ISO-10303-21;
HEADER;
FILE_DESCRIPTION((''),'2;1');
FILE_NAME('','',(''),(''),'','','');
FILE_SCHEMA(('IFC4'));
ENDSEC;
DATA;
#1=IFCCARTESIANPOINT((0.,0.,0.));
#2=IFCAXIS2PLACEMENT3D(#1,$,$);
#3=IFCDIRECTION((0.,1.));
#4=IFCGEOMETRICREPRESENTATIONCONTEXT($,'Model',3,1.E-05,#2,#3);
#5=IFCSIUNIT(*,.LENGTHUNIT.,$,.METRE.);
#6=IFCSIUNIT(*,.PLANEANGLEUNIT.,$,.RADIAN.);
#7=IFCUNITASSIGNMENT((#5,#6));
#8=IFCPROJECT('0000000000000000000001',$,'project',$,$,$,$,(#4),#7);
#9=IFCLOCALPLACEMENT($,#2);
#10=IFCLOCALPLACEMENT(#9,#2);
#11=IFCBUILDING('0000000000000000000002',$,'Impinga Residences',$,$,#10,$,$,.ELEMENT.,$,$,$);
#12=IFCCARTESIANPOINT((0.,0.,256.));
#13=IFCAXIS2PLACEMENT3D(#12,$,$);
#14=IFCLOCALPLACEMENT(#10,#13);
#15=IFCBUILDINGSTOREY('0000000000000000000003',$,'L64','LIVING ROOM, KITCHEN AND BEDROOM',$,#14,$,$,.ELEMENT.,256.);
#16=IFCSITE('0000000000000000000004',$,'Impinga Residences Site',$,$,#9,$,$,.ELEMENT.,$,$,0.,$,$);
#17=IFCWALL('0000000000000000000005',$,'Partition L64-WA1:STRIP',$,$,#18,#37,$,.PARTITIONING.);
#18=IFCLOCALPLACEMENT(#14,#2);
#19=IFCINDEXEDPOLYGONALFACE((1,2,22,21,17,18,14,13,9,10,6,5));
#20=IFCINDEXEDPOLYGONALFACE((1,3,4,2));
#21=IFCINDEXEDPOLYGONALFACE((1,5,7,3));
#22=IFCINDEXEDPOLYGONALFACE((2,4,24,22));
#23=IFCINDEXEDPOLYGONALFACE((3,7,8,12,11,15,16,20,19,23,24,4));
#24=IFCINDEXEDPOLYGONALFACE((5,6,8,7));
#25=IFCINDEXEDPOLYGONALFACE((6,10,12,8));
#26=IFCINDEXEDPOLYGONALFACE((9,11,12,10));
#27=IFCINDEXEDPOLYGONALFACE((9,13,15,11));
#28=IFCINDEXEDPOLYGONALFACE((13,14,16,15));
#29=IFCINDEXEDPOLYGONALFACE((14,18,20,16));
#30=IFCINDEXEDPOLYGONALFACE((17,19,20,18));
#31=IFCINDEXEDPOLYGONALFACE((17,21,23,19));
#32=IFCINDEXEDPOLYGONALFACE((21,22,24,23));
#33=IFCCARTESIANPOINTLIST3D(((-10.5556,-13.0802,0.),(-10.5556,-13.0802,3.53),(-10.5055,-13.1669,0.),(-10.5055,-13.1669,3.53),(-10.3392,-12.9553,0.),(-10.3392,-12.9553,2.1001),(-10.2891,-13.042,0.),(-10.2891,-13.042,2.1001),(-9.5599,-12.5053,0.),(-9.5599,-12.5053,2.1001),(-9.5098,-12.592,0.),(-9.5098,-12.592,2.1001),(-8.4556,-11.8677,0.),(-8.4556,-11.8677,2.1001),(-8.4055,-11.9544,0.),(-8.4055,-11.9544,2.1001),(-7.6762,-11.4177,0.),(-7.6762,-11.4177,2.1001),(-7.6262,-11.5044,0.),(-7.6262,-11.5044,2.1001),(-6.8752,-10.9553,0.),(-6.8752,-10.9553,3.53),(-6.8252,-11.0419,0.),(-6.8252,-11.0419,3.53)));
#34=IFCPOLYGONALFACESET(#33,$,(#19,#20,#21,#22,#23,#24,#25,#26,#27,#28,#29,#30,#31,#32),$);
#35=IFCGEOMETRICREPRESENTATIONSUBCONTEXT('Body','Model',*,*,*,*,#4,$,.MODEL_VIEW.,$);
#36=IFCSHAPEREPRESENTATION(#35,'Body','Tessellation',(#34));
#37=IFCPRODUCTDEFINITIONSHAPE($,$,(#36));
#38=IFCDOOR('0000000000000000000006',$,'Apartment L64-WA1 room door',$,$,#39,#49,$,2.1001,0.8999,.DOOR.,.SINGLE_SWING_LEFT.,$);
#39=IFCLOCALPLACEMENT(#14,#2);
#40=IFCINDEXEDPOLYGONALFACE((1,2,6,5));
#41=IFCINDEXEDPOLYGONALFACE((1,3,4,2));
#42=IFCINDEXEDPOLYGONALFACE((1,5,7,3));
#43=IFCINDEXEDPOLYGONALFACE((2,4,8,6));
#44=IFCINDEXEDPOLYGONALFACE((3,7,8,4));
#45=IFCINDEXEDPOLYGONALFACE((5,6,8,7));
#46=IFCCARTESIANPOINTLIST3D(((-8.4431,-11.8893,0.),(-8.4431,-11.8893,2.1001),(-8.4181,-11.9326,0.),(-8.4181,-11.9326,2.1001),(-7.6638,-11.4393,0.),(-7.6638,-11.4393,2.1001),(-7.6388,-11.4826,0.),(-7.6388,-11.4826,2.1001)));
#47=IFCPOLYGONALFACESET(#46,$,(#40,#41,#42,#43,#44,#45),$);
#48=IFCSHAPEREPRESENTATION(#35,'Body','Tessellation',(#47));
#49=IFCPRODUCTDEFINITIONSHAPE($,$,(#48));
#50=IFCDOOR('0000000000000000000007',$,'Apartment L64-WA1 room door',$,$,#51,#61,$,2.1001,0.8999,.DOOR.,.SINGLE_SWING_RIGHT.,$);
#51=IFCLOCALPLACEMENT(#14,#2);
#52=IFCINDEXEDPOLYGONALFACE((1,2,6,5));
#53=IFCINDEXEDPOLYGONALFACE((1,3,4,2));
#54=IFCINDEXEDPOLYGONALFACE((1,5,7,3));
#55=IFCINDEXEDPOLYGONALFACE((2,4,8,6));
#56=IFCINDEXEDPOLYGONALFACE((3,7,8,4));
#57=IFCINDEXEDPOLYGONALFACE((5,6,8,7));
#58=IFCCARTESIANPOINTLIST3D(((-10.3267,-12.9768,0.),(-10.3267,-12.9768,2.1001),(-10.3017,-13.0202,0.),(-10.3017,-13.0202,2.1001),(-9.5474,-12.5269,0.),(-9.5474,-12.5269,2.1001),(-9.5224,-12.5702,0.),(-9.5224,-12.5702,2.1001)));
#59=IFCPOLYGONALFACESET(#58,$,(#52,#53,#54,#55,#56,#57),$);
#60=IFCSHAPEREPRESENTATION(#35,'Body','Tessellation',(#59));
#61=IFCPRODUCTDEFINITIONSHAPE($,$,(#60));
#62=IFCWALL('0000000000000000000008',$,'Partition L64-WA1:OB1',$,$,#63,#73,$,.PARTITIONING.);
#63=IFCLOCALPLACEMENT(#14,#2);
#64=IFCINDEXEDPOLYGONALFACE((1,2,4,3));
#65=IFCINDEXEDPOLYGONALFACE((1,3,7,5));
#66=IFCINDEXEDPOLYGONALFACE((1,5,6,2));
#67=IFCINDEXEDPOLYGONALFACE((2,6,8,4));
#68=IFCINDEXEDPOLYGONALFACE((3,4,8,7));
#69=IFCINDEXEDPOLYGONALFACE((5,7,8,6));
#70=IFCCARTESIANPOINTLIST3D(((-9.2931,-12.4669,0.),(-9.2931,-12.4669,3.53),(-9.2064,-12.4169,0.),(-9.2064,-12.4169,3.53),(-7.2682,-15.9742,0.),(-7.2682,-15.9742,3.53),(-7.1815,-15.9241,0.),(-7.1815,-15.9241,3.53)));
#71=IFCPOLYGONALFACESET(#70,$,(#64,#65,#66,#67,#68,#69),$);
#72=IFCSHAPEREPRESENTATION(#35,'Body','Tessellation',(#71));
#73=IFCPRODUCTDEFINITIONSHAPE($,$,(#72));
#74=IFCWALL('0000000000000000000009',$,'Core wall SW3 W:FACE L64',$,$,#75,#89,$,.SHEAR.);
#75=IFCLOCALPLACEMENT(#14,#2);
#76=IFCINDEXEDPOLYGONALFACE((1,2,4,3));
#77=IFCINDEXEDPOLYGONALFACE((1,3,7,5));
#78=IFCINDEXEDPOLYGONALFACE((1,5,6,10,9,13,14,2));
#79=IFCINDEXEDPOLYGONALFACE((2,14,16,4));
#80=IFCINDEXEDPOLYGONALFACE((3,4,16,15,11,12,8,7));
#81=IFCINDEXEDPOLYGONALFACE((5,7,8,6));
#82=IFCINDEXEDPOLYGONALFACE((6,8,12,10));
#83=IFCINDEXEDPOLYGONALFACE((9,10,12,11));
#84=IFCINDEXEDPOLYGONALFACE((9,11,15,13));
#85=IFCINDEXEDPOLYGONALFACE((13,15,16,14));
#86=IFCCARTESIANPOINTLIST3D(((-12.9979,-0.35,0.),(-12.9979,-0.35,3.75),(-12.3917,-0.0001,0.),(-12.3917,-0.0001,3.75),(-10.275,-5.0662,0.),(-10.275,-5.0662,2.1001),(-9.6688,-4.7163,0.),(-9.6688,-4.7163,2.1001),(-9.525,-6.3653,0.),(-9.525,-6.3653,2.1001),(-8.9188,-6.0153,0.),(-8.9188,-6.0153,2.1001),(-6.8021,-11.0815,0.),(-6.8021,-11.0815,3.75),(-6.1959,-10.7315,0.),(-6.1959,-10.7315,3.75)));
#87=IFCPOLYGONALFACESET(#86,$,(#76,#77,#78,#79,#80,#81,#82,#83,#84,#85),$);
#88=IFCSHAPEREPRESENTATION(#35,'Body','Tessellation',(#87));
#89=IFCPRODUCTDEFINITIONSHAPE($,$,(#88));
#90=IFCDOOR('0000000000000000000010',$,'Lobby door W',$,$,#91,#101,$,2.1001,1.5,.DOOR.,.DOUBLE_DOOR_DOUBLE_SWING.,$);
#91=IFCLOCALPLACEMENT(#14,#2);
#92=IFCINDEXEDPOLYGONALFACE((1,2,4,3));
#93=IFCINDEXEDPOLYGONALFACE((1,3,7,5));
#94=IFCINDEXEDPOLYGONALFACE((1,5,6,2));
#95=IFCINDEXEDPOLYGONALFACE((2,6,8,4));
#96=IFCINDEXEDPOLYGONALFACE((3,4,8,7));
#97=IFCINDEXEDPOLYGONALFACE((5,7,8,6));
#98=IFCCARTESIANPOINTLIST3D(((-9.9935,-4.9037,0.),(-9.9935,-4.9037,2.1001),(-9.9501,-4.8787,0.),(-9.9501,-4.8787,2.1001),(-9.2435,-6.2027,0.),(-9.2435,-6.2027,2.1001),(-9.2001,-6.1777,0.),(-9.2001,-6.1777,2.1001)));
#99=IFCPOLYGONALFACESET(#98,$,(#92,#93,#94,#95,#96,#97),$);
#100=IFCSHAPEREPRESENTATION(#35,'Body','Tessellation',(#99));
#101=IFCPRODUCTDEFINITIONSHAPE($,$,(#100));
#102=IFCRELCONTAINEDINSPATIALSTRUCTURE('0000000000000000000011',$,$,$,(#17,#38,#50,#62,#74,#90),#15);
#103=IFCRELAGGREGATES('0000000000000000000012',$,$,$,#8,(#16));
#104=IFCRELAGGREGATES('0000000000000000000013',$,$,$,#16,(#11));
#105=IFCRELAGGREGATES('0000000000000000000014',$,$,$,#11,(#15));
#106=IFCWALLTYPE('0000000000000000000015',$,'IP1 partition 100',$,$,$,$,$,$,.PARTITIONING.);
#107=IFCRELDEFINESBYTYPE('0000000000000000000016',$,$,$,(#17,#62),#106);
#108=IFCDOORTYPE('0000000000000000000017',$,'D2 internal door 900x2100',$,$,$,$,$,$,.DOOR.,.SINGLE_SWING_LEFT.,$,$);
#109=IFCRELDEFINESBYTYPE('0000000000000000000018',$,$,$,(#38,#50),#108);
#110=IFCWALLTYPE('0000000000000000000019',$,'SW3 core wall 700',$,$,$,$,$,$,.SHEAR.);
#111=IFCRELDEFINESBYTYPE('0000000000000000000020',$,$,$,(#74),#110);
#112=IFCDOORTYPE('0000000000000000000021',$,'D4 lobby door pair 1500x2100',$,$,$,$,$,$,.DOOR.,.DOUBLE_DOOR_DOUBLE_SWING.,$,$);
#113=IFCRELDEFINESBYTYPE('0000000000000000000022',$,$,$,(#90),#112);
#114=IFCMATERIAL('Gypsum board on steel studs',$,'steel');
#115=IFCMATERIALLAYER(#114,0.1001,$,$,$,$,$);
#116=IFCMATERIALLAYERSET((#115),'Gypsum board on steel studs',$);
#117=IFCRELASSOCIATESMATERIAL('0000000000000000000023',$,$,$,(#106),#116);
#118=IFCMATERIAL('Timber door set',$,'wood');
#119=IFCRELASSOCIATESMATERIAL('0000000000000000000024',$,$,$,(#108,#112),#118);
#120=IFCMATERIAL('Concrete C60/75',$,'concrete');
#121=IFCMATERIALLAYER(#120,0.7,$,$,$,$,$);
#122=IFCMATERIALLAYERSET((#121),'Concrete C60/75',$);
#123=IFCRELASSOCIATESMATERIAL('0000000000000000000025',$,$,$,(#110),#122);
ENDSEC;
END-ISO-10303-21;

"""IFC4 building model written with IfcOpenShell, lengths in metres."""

from ifc_helpers import new_model, si_unit, direction, frame, frame_2d, origin, place, context, subcontext, project, spatial, rectangle, extrude, material, layer, layer_set, type_object, element, fill, save


model = new_model("IFC4")

# Units and contexts
model_context = context("Model", 3, precision=1e-05, world=origin(), true_north=direction((0.0, 1.0)))
body_context = subcontext(model_context, "Body", "Model", "MODEL_VIEW")
ifc_project = project(units=[si_unit("LENGTHUNIT", "METRE"), si_unit("PLANEANGLEUNIT", "RADIAN")], contexts=[model_context])

# Site, building, storey
site_placement = place(None, origin())
site = spatial("IfcSite", under=ifc_project, at=site_placement, Name="Impinga Residences Site", CompositionType="ELEMENT", RefElevation=0.0)
building_placement = place(site_placement, origin())
building = spatial("IfcBuilding", under=site, at=building_placement, Name="Impinga Residences", CompositionType="ELEMENT")
storey_placement = place(building_placement, frame((0.0, 0.0, 256.0)))
storey = spatial("IfcBuildingStorey", under=building, at=storey_placement, Name="L64", Description="LIVING ROOM, KITCHEN AND BEDROOM", CompositionType="ELEMENT", Elevation=256.0)

# Shared definitions
ifc_material_1 = material(Name="Concrete C60/75", Category="concrete")

# Shared definitions
ifc_material_2 = material(Name="Gypsum board on steel studs", Category="steel")
ifc_layer_1 = layer(ifc_material_2, 0.1001)
ifc_layer_set_1 = layer_set([ifc_layer_1], Name="Gypsum board on steel studs")
wall_type_1 = type_object("IfcWallType", Name="IP1 partition 100", PredefinedType="PARTITIONING", material=ifc_layer_set_1)

# Wall, openings, doors
wall_1_placement = place(storey_placement, frame((-6.8501, -10.9985, 0.0), z_axis=(0.0, 0.0, 1.0), x_axis=(-0.866014, -0.500019, 0.0)))
wall_1 = element("IfcWall", 1, at=wall_1_placement, inside=storey, type_object=wall_type_1, Name="Partition L64-WA1:STRIP", PredefinedType="PARTITIONING", context=body_context, shape_type="SweptSolid", body=[
    extrude(rectangle(XDim=4.2498, YDim=0.1001, at=frame_2d((2.125, 0.0))), origin(), (0.0, 0.0, 1.0), 3.53),
])
opening_1_placement = place(wall_1_placement, frame((0.925, 0.0, 0.0)))
opening_1 = element("IfcOpeningElement", 2, at=opening_1_placement, cuts=wall_1, PredefinedType="OPENING", context=body_context, shape_type="SweptSolid", body=[
    extrude(rectangle(XDim=0.8999, YDim=2.1001, at=frame_2d((0.45, 1.05))), frame((0.0, 0.0601, 0.0), z_axis=(0.0, -1.0, 0.0), x_axis=(1.0, 0.0, 0.0)), (0.0, 0.0, 1.0), 0.1201),
])
opening_2_placement = place(wall_1_placement, frame((3.1001, 0.0, 0.0)))
opening_2 = element("IfcOpeningElement", 3, at=opening_2_placement, cuts=wall_1, PredefinedType="OPENING", context=body_context, shape_type="SweptSolid", body=[
    extrude(rectangle(XDim=0.8999, YDim=2.1001, at=frame_2d((0.45, 1.05))), frame((0.0, 0.0601, 0.0), z_axis=(0.0, -1.0, 0.0), x_axis=(1.0, 0.0, 0.0)), (0.0, 0.0, 1.0), 0.1201),
])
ifc_material_3 = material(Name="Timber door set", Category="wood")
door_type_1 = type_object("IfcDoorType", Name="D2 internal door 900x2100", OperationType="SINGLE_SWING_LEFT", PredefinedType="DOOR", material=ifc_material_3)
door_1_placement = place(opening_1_placement, origin())
door_1 = element("IfcDoor", 4, at=door_1_placement, inside=storey, type_object=door_type_1, Name="Apartment L64-WA1 room door", OperationType="SINGLE_SWING_LEFT", OverallHeight=2.1001, OverallWidth=0.8999, PredefinedType="DOOR", context=body_context, shape_type="SweptSolid", body=[
    extrude(rectangle(XDim=0.8999, YDim=2.1001, at=frame_2d((0.45, 1.05))), frame((0.0, 0.0249, 0.0), z_axis=(0.0, -1.0, 0.0), x_axis=(1.0, 0.0, 0.0)), (0.0, 0.0, 1.0), 0.05),
])
fill(opening_1, door_1)
door_2_placement = place(opening_2_placement, origin())
door_2 = element("IfcDoor", 5, at=door_2_placement, inside=storey, type_object=door_type_1, Name="Apartment L64-WA1 room door", OperationType="SINGLE_SWING_RIGHT", OverallHeight=2.1001, OverallWidth=0.8999, PredefinedType="DOOR", context=body_context, shape_type="SweptSolid", body=[
    extrude(rectangle(XDim=0.8999, YDim=2.1001, at=frame_2d((0.45, 1.05))), frame((0.0, 0.0249, 0.0), z_axis=(0.0, -1.0, 0.0), x_axis=(1.0, 0.0, 0.0)), (0.0, 0.0, 1.0), 0.05),
])
fill(opening_2, door_2)

# Wall
wall_2_placement = place(storey_placement, frame((-9.2498, -12.4419, 0.0), z_axis=(0.0, 0.0, 1.0), x_axis=(0.49999, -0.866031, 0.0)))
element("IfcWall", 6, at=wall_2_placement, inside=storey, type_object=wall_type_1, Name="Partition L64-WA1:OB1", PredefinedType="PARTITIONING", context=body_context, shape_type="SweptSolid", body=[
    extrude(rectangle(XDim=4.0498, YDim=0.1001, at=frame_2d((2.0249, 0.0))), origin(), (0.0, 0.0, 1.0), 3.53),
])

# Wall, opening, door
ifc_layer_2 = layer(ifc_material_1, 0.7)
ifc_layer_set_2 = layer_set([ifc_layer_2], Name="Concrete C60/75")
wall_type_2 = type_object("IfcWallType", Name="SW3 core wall 700", PredefinedType="SHEAR", material=ifc_layer_set_2)
wall_3_placement = place(storey_placement, frame((-6.499, -10.9065, 0.0), z_axis=(0.0, 0.0, 1.0), x_axis=(-0.5, 0.866025, 0.0)))
wall_3 = element("IfcWall", 7, at=wall_3_placement, inside=storey, type_object=wall_type_2, Name="Core wall SW3 W:FACE L64", PredefinedType="SHEAR", context=body_context, shape_type="SweptSolid", body=[
    extrude(rectangle(XDim=12.3916, YDim=0.7, at=frame_2d((6.1958, 0.0))), origin(), (0.0, 0.0, 1.0), 3.75),
])
opening_3_placement = place(wall_3_placement, frame((5.4458, 0.0, 0.0)))
opening_3 = element("IfcOpeningElement", 8, at=opening_3_placement, cuts=wall_3, PredefinedType="OPENING", context=body_context, shape_type="SweptSolid", body=[
    extrude(rectangle(XDim=1.5, YDim=2.1001, at=frame_2d((0.75, 1.05))), frame((0.0, 0.3599, 0.0), z_axis=(0.0, -1.0, 0.0), x_axis=(1.0, 0.0, 0.0)), (0.0, 0.0, 1.0), 0.72),
])
door_type_2 = type_object("IfcDoorType", Name="D4 lobby door pair 1500x2100", OperationType="DOUBLE_DOOR_DOUBLE_SWING", PredefinedType="DOOR", material=ifc_material_3)
door_3_placement = place(opening_3_placement, origin())
door_3 = element("IfcDoor", 9, at=door_3_placement, inside=storey, type_object=door_type_2, Name="Lobby door W", OperationType="DOUBLE_DOOR_DOUBLE_SWING", OverallHeight=2.1001, OverallWidth=1.5, PredefinedType="DOOR", context=body_context, shape_type="SweptSolid", body=[
    extrude(rectangle(XDim=1.5, YDim=2.1001, at=frame_2d((0.75, 1.05))), frame((0.0, 0.0249, 0.0), z_axis=(0.0, -1.0, 0.0), x_axis=(1.0, 0.0, 0.0)), (0.0, 0.0, 1.0), 0.05),
])
fill(opening_3, door_3)

save(model, "model.ifc")
